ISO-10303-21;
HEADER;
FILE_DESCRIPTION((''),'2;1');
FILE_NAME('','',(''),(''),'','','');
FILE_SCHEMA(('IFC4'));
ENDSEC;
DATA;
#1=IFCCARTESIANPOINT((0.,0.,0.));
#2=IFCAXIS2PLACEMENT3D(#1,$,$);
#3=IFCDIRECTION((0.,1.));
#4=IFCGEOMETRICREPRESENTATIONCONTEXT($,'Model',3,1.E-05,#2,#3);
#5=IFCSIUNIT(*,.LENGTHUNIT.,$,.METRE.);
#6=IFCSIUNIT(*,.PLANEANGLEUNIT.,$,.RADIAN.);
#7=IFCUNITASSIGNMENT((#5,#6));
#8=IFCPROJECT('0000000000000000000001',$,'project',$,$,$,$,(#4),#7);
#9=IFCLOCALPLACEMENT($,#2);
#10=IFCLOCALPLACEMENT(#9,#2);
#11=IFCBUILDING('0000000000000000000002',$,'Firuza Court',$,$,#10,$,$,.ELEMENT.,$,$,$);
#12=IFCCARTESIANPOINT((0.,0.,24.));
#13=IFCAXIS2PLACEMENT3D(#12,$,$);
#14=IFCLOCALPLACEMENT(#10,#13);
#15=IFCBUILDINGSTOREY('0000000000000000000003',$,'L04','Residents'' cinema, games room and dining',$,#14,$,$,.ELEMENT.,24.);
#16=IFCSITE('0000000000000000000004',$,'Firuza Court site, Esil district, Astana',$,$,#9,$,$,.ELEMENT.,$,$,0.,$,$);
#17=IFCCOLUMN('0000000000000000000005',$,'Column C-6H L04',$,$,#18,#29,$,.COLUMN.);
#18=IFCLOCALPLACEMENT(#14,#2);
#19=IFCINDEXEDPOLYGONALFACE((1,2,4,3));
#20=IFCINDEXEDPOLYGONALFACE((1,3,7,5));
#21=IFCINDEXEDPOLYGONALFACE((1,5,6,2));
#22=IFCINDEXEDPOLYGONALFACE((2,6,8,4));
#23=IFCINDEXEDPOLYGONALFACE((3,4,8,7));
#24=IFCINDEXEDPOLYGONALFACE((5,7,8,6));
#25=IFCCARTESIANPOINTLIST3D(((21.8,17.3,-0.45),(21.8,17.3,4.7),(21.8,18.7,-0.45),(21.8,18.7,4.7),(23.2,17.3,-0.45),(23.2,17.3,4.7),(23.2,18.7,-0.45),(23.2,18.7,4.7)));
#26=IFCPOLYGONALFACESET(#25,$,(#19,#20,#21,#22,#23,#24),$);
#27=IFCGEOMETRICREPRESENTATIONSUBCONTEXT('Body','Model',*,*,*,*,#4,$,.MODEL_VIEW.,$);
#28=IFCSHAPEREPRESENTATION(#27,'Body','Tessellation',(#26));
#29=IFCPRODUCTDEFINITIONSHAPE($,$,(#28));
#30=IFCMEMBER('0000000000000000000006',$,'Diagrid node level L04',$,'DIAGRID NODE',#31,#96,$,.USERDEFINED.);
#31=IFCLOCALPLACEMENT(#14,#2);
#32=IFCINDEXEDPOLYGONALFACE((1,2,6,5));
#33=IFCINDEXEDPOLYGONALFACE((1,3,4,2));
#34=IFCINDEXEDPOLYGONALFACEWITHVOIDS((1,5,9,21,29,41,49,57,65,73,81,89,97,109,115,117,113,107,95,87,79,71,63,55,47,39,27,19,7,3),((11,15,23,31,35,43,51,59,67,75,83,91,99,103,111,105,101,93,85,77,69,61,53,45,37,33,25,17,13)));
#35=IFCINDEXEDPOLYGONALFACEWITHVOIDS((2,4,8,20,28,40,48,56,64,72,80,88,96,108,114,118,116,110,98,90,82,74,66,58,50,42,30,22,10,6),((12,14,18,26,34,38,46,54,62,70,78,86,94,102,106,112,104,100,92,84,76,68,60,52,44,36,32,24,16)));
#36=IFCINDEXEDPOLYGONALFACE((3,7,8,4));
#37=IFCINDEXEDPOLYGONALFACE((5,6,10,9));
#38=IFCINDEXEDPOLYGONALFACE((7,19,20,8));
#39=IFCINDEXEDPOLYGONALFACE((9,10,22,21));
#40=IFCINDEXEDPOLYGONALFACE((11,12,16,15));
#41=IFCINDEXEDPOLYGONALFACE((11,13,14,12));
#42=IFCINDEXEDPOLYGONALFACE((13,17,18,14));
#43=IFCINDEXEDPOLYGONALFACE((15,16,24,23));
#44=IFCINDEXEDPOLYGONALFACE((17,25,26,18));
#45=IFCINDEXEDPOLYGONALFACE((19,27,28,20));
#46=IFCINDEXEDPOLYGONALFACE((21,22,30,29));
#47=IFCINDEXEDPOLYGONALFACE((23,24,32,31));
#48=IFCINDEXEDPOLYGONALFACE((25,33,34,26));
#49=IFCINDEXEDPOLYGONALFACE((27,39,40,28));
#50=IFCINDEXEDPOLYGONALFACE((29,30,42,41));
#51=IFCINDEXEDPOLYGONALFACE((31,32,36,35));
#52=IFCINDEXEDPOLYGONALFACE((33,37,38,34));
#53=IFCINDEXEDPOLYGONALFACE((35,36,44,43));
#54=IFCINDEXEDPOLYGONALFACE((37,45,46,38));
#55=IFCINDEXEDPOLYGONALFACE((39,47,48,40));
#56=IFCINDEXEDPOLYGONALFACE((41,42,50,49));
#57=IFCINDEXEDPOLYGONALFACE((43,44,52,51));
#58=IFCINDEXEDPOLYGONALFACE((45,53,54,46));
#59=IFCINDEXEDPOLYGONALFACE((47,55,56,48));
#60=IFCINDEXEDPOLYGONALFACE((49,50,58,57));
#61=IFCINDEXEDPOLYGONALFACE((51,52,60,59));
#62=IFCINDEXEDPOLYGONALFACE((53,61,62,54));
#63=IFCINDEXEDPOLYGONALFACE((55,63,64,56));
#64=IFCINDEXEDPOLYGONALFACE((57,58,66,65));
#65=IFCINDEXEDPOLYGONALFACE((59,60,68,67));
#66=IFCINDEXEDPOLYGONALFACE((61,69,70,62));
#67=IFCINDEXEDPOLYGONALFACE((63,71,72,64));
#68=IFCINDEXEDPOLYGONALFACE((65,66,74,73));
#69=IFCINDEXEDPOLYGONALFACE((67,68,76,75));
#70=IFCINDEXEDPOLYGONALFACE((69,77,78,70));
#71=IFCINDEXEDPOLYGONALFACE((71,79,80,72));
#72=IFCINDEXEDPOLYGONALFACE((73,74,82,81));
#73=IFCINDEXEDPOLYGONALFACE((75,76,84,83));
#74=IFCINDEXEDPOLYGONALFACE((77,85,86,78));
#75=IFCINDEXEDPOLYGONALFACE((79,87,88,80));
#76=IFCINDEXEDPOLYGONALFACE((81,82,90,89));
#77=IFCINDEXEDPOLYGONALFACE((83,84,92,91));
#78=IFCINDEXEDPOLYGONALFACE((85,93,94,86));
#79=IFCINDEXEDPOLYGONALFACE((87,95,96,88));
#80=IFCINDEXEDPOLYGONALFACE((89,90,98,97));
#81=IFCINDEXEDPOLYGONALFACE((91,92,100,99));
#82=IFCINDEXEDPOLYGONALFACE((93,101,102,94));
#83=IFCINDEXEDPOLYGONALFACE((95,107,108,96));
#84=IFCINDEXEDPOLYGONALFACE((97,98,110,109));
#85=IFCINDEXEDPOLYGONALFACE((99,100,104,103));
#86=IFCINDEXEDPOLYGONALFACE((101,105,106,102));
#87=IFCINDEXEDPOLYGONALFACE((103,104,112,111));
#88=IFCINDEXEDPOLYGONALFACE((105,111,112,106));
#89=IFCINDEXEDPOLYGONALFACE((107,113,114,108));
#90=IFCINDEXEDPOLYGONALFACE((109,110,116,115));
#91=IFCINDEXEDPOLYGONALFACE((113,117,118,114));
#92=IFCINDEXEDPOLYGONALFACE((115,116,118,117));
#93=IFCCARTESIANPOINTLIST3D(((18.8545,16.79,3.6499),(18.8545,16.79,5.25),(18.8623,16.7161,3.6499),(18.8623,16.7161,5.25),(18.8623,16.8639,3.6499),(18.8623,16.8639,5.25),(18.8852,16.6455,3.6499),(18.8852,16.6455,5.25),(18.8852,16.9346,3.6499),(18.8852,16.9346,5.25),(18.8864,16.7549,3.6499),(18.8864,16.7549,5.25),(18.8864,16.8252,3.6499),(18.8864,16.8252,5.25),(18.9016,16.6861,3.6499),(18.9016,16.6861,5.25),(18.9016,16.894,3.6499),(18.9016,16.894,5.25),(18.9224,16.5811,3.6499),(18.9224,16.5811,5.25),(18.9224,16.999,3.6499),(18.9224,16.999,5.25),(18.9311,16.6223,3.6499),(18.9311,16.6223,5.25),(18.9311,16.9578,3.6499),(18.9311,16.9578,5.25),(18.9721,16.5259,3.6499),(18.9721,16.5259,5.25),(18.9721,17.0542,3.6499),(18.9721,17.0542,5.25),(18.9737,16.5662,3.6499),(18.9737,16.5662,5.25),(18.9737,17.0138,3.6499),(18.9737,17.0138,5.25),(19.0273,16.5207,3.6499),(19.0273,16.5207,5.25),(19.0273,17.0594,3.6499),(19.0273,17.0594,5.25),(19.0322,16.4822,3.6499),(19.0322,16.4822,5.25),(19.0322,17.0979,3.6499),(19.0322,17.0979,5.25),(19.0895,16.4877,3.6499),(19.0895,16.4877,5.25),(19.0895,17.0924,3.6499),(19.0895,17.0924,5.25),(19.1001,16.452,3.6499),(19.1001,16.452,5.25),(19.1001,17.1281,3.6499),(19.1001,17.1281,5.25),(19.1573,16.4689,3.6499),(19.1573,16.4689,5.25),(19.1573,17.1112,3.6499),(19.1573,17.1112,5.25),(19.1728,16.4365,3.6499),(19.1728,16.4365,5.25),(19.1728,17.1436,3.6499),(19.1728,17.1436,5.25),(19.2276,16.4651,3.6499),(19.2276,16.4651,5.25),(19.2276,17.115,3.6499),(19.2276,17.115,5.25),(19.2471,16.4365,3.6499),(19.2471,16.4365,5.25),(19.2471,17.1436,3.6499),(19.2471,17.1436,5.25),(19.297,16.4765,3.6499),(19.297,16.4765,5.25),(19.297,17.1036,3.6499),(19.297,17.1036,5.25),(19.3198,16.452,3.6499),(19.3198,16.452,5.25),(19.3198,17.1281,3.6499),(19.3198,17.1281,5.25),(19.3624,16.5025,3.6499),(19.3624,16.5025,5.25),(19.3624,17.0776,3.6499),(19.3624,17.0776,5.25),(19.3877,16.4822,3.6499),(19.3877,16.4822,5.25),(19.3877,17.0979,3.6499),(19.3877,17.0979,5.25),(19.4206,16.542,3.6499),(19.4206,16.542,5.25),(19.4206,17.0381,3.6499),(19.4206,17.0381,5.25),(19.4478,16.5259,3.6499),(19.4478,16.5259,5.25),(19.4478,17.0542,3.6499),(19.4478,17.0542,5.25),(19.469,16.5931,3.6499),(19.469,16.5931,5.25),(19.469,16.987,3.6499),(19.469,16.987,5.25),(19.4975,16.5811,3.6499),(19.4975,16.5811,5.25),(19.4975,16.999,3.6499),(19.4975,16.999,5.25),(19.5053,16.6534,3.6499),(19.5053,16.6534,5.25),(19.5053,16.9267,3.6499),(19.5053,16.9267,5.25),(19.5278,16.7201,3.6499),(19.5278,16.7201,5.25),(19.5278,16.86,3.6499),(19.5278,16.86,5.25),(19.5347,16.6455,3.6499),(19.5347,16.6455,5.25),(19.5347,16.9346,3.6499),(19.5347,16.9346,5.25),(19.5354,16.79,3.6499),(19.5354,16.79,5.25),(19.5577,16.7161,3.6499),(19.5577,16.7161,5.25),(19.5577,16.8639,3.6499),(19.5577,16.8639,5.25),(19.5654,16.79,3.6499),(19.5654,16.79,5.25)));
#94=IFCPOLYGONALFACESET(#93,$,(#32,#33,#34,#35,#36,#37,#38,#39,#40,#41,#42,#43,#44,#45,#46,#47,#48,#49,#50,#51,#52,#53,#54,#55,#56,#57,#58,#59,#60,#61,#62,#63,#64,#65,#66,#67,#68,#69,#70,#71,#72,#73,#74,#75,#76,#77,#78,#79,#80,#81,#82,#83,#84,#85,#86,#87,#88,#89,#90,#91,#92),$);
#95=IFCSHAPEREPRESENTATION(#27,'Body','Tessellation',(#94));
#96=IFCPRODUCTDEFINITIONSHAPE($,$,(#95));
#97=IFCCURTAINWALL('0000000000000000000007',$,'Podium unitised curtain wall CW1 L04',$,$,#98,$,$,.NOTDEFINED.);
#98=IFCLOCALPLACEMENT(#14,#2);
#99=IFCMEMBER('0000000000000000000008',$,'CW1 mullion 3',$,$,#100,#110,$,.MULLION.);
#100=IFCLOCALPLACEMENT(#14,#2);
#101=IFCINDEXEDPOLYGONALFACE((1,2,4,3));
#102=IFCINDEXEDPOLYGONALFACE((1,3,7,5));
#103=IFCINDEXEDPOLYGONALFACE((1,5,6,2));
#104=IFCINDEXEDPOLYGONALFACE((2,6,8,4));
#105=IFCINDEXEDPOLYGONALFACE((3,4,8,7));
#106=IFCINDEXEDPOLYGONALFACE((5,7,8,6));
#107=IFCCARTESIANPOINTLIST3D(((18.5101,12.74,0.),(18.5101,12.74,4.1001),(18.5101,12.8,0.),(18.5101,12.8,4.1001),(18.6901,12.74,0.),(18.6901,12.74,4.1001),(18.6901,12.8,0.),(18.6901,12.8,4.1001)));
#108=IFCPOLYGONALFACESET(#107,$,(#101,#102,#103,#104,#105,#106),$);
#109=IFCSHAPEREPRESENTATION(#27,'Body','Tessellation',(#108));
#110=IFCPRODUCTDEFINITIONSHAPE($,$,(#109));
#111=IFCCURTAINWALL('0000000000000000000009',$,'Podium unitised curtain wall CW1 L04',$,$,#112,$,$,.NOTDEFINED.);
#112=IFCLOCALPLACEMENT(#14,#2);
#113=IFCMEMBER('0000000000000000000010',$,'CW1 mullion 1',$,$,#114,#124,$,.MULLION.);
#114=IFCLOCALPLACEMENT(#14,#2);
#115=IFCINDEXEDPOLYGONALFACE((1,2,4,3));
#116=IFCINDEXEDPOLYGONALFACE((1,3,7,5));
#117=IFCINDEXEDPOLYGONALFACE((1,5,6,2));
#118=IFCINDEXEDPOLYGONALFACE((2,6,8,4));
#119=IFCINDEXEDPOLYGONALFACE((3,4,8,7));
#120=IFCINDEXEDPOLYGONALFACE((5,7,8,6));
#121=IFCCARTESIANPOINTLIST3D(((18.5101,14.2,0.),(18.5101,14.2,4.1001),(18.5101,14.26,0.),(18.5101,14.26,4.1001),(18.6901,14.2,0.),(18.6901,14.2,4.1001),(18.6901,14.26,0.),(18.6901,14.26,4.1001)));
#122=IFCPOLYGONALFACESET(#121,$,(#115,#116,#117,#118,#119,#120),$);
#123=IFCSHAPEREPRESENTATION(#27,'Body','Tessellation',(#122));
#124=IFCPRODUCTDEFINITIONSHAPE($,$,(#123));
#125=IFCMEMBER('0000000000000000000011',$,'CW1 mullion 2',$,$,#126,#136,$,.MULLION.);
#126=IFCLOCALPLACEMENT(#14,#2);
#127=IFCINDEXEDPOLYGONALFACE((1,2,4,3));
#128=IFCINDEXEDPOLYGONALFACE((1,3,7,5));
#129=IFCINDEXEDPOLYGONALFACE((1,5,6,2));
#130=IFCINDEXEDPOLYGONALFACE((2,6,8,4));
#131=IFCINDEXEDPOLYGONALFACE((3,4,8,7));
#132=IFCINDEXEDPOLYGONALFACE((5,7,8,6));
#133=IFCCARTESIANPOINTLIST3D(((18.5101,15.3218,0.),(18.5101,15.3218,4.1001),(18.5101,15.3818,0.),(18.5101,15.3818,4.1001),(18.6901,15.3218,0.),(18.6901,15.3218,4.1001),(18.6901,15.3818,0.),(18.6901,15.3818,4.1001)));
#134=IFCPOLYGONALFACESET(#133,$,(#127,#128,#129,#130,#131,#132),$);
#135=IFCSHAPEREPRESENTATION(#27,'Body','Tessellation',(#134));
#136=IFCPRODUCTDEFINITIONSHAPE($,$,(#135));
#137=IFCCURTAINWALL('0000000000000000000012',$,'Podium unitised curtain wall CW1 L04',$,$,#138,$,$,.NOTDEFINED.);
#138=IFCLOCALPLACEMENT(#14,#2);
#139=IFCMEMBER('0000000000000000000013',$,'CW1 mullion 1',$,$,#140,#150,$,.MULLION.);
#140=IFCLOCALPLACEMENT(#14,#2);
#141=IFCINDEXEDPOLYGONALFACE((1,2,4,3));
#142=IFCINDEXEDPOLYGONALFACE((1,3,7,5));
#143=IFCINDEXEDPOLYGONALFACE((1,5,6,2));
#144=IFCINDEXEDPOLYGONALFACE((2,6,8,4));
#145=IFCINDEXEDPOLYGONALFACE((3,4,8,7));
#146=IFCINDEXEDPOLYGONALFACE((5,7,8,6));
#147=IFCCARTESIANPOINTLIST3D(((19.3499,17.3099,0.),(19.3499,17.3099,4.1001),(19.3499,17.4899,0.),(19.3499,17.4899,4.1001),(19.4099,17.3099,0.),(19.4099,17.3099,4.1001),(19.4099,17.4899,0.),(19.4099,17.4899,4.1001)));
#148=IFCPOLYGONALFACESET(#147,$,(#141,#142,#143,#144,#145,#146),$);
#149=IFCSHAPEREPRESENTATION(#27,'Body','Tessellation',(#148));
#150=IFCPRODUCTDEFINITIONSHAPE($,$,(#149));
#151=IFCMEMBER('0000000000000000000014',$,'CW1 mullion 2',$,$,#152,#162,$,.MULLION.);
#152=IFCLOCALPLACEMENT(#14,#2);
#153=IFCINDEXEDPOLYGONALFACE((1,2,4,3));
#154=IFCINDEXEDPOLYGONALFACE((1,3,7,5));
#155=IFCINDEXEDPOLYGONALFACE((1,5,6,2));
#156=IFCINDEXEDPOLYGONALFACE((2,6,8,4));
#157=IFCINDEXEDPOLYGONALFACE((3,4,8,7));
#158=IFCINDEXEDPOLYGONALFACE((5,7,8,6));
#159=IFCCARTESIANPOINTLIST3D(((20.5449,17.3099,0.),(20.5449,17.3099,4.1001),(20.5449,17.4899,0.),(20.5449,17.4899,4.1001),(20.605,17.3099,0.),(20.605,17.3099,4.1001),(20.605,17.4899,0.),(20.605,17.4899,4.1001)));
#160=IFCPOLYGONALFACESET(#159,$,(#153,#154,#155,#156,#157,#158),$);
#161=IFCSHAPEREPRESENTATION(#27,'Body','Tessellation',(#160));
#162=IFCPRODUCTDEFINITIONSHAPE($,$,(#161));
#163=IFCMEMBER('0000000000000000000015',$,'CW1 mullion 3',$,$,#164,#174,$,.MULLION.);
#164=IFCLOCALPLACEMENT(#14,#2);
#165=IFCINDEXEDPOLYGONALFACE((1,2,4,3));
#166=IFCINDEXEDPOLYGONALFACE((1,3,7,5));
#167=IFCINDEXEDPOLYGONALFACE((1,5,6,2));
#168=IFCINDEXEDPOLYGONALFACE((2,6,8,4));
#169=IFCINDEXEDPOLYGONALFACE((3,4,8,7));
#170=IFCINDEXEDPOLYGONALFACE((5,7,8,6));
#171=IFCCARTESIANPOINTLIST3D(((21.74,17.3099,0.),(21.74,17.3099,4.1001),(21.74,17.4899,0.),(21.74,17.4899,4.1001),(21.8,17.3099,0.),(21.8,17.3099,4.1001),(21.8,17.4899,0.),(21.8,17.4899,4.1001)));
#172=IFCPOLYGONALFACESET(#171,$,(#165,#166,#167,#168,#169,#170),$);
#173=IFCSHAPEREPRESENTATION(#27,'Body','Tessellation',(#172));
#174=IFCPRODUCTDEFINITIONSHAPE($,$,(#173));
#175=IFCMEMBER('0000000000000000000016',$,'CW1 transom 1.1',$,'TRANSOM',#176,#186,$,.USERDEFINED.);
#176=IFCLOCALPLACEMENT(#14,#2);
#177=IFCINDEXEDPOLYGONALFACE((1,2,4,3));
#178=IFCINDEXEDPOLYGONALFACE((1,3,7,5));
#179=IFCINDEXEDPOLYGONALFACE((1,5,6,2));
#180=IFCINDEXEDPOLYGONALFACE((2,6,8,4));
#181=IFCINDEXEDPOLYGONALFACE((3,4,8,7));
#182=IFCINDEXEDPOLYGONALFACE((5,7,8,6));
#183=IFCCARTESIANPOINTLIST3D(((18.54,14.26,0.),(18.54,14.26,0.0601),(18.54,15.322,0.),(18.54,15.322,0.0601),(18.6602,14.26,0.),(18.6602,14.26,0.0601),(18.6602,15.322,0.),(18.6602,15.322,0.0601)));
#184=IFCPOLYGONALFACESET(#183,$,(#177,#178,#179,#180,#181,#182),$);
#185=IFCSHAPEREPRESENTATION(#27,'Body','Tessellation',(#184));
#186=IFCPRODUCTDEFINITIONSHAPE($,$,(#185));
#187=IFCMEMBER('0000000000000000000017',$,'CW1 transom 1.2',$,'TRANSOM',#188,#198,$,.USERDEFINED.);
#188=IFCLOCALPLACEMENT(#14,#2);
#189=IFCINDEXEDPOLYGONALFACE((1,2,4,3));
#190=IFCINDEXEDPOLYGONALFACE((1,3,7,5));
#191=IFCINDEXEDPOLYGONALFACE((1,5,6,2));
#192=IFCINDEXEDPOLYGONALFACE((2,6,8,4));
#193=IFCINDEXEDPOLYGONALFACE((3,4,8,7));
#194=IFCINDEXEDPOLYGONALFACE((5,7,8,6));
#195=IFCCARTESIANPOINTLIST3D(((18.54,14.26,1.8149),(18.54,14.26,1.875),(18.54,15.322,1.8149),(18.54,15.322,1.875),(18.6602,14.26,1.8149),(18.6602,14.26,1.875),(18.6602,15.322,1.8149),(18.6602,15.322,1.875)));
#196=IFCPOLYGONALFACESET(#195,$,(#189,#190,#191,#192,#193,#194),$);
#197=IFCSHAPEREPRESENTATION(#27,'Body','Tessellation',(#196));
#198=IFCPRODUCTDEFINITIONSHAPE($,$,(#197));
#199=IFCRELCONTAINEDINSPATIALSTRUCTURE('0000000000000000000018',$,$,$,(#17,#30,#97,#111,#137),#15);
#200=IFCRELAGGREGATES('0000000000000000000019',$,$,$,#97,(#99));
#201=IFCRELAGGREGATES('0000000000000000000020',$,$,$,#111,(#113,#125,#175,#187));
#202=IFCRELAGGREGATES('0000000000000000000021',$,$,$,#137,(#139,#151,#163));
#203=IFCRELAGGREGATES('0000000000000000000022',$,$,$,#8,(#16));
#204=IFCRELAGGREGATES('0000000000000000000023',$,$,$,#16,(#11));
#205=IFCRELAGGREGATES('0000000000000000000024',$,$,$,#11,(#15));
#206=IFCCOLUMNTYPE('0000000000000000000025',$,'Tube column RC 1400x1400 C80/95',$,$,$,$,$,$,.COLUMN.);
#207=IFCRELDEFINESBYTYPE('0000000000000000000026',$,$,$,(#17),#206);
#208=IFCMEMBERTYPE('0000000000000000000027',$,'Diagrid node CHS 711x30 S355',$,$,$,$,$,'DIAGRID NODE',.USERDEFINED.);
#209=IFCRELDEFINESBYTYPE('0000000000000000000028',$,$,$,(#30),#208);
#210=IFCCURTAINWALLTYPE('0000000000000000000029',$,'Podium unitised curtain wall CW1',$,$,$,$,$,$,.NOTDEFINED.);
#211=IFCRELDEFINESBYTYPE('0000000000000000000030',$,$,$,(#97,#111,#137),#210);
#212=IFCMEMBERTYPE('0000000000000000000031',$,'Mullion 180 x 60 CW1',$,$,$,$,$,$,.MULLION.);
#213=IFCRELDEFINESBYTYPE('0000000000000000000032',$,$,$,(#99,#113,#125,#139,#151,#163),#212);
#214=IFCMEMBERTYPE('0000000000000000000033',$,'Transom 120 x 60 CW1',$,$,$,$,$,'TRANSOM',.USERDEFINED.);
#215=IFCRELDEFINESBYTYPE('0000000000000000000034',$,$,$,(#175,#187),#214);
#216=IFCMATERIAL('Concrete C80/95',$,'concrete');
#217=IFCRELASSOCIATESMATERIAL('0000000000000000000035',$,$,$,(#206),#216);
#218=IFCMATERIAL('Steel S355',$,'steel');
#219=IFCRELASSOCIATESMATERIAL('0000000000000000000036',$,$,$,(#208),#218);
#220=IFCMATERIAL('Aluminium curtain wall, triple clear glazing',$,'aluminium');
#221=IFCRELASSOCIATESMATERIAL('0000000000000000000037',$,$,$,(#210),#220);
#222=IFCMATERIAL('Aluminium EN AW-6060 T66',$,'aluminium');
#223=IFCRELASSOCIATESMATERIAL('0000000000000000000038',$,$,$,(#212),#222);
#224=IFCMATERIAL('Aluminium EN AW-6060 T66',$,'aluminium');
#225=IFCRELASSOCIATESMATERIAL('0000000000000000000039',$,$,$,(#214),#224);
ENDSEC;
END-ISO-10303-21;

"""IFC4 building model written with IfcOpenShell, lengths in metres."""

from ifc_helpers import new_model, si_unit, direction, frame, origin, origin_2d, place, context, subcontext, project, spatial, rectangle, hollow_circle, extrude, material, material_profile, profile_set, type_object, element, aggregate, save


model = new_model("IFC4")

# Units and contexts
model_context = context("Model", 3, precision=1e-05, world=origin(), true_north=direction((0.0, 1.0)))
body_context = subcontext(model_context, "Body", "Model", "MODEL_VIEW")
ifc_project = project(units=[si_unit("LENGTHUNIT", "METRE"), si_unit("PLANEANGLEUNIT", "RADIAN")], contexts=[model_context])

# Site, building, storey
site_placement = place(None, origin())
site = spatial("IfcSite", under=ifc_project, at=site_placement, Name="Firuza Court site, Esil district, Astana", CompositionType="ELEMENT", RefElevation=0.0)
building_placement = place(site_placement, origin())
building = spatial("IfcBuilding", under=site, at=building_placement, Name="Firuza Court", CompositionType="ELEMENT")
storey_placement = place(building_placement, frame((0.0, 0.0, 24.0)))
storey = spatial("IfcBuildingStorey", under=building, at=storey_placement, Name="L04", Description="Residents' cinema, games room and dining", CompositionType="ELEMENT", Elevation=24.0)

# Column
ifc_material_1 = material(Name="Concrete C80/95", Category="concrete")
ifc_material_profile_1 = material_profile(ifc_material_1, rectangle(XDim=1.3999, YDim=1.3999, at=origin_2d()), Name="RC 1400x1400")
ifc_profile_set_1 = profile_set([ifc_material_profile_1], Name="Concrete C80/95")
column_type = type_object("IfcColumnType", Name="Tube column RC 1400x1400 C80/95", PredefinedType="COLUMN", material=ifc_profile_set_1)
column_placement = place(storey_placement, frame((22.5, 18.0, -0.45), z_axis=(0.0, 0.0, 1.0), x_axis=(1.0, 0.0, 0.0)))
element("IfcColumn", 1, at=column_placement, inside=storey, type_object=column_type, Name="Column C-6H L04", PredefinedType="COLUMN", context=body_context, shape_type="SweptSolid", body=[
    extrude(rectangle(XDim=1.3999, YDim=1.3999, at=origin_2d()), origin(), (0.0, 0.0, 1.0), 5.1499),
])

# Member
ifc_material_2 = material(Name="Steel S355", Category="steel")
ifc_material_profile_2 = material_profile(ifc_material_2, hollow_circle(Radius=0.3555, WallThickness=0.03, at=origin_2d()), Name="CHS 711x30")
ifc_profile_set_2 = profile_set([ifc_material_profile_2], Name="Steel S355")
member_type_1 = type_object("IfcMemberType", Name="Diagrid node CHS 711x30 S355", ElementType="DIAGRID NODE", PredefinedType="USERDEFINED", material=ifc_profile_set_2)
member_1_placement = place(storey_placement, frame((19.21, 16.79, 3.6499), z_axis=(0.0, 0.0, 1.0), x_axis=(1.0, 0.0, 0.0)))
element("IfcMember", 2, at=member_1_placement, inside=storey, type_object=member_type_1, Name="Diagrid node level L04", ObjectType="DIAGRID NODE", PredefinedType="USERDEFINED", context=body_context, shape_type="SweptSolid", body=[
    extrude(hollow_circle(Radius=0.3555, WallThickness=0.03, at=origin_2d()), origin(), (0.0, 0.0, 1.0), 1.6001),
])

# Curtain wall, member
ifc_material_3 = material(Name="Aluminium curtain wall, triple clear glazing", Category="aluminium")
curtain_wall_type = type_object("IfcCurtainWallType", Name="Podium unitised curtain wall CW1", PredefinedType="NOTDEFINED", material=ifc_material_3)
curtain_wall_1_placement = place(storey_placement, origin())
curtain_wall_1 = element("IfcCurtainWall", 3, at=curtain_wall_1_placement, inside=storey, type_object=curtain_wall_type, Name="Podium unitised curtain wall CW1 L04", PredefinedType="NOTDEFINED")
ifc_material_4 = material(Name="Aluminium EN AW-6060 T66", Category="aluminium")
ifc_material_profile_3 = material_profile(ifc_material_4, rectangle(XDim=0.1799, YDim=0.0601, at=origin_2d()), Name="Mullion 180 x 60 CW1")
ifc_profile_set_3 = profile_set([ifc_material_profile_3], Name="Aluminium EN AW-6060 T66")
member_type_2 = type_object("IfcMemberType", Name="Mullion 180 x 60 CW1", PredefinedType="MULLION", material=ifc_profile_set_3)
member_2_placement = place(storey_placement, frame((18.6001, 12.77, 0.0), z_axis=(0.0, 0.0, 1.0), x_axis=(-1.0, 0.0, 0.0)))
member_2 = element("IfcMember", 4, at=member_2_placement, type_object=member_type_2, Name="CW1 mullion 3", PredefinedType="MULLION", context=body_context, shape_type="SweptSolid", body=[
    extrude(rectangle(XDim=0.1799, YDim=0.0601, at=origin_2d()), origin(), (0.0, 0.0, 1.0), 4.1001),
])

# Curtain walls, members
curtain_wall_2_placement = place(storey_placement, origin())
curtain_wall_2 = element("IfcCurtainWall", 5, at=curtain_wall_2_placement, inside=storey, type_object=curtain_wall_type, Name="Podium unitised curtain wall CW1 L04", PredefinedType="NOTDEFINED")
member_3_placement = place(storey_placement, frame((18.6001, 14.23, 0.0), z_axis=(0.0, 0.0, 1.0), x_axis=(-1.0, 0.0, 0.0)))
member_3 = element("IfcMember", 6, at=member_3_placement, type_object=member_type_2, Name="CW1 mullion 1", PredefinedType="MULLION", context=body_context, shape_type="SweptSolid", body=[
    extrude(rectangle(XDim=0.1799, YDim=0.0601, at=origin_2d()), origin(), (0.0, 0.0, 1.0), 4.1001),
])
member_4_placement = place(storey_placement, frame((18.6001, 15.3518, 0.0), z_axis=(0.0, 0.0, 1.0), x_axis=(-1.0, 0.0, 0.0)))
member_4 = element("IfcMember", 7, at=member_4_placement, type_object=member_type_2, Name="CW1 mullion 2", PredefinedType="MULLION", context=body_context, shape_type="SweptSolid", body=[
    extrude(rectangle(XDim=0.1799, YDim=0.0601, at=origin_2d()), origin(), (0.0, 0.0, 1.0), 4.1001),
])
curtain_wall_3_placement = place(storey_placement, origin())
curtain_wall_3 = element("IfcCurtainWall", 8, at=curtain_wall_3_placement, inside=storey, type_object=curtain_wall_type, Name="Podium unitised curtain wall CW1 L04", PredefinedType="NOTDEFINED")
member_5_placement = place(storey_placement, frame((19.3799, 17.3999, 0.0), z_axis=(0.0, 0.0, 1.0), x_axis=(0.0, 1.0, 0.0)))
member_5 = element("IfcMember", 9, at=member_5_placement, type_object=member_type_2, Name="CW1 mullion 1", PredefinedType="MULLION", context=body_context, shape_type="SweptSolid", body=[
    extrude(rectangle(XDim=0.1799, YDim=0.0601, at=origin_2d()), origin(), (0.0, 0.0, 1.0), 4.1001),
])
member_6_placement = place(storey_placement, frame((20.575, 17.3999, 0.0), z_axis=(0.0, 0.0, 1.0), x_axis=(0.0, 1.0, 0.0)))
member_6 = element("IfcMember", 10, at=member_6_placement, type_object=member_type_2, Name="CW1 mullion 2", PredefinedType="MULLION", context=body_context, shape_type="SweptSolid", body=[
    extrude(rectangle(XDim=0.1799, YDim=0.0601, at=origin_2d()), origin(), (0.0, 0.0, 1.0), 4.1001),
])
member_7_placement = place(storey_placement, frame((21.77, 17.3999, 0.0), z_axis=(0.0, 0.0, 1.0), x_axis=(0.0, 1.0, 0.0)))
member_7 = element("IfcMember", 11, at=member_7_placement, type_object=member_type_2, Name="CW1 mullion 3", PredefinedType="MULLION", context=body_context, shape_type="SweptSolid", body=[
    extrude(rectangle(XDim=0.1799, YDim=0.0601, at=origin_2d()), origin(), (0.0, 0.0, 1.0), 4.1001),
])

# Members
ifc_material_5 = material(Name="Aluminium EN AW-6060 T66", Category="aluminium")
ifc_material_profile_4 = material_profile(ifc_material_5, rectangle(XDim=0.1201, YDim=0.0601, at=origin_2d()), Name="Transom 120 x 60 CW1")
ifc_profile_set_4 = profile_set([ifc_material_profile_4], Name="Aluminium EN AW-6060 T66")
member_type_3 = type_object("IfcMemberType", Name="Transom 120 x 60 CW1", ElementType="TRANSOM", PredefinedType="USERDEFINED", material=ifc_profile_set_4)
member_8_placement = place(storey_placement, frame((18.6001, 14.26, 0.03), z_axis=(0.0, 1.0, 0.0), x_axis=(-1.0, 0.0, 0.0)))
member_8 = element("IfcMember", 12, at=member_8_placement, type_object=member_type_3, Name="CW1 transom 1.1", ObjectType="TRANSOM", PredefinedType="USERDEFINED", context=body_context, shape_type="SweptSolid", body=[
    extrude(rectangle(XDim=0.1201, YDim=0.0601, at=origin_2d()), origin(), (0.0, 0.0, 1.0), 1.062),
])
member_9_placement = place(storey_placement, frame((18.6001, 14.26, 1.845), z_axis=(0.0, 1.0, 0.0), x_axis=(-1.0, 0.0, 0.0)))
member_9 = element("IfcMember", 13, at=member_9_placement, type_object=member_type_3, Name="CW1 transom 1.2", ObjectType="TRANSOM", PredefinedType="USERDEFINED", context=body_context, shape_type="SweptSolid", body=[
    extrude(rectangle(XDim=0.1201, YDim=0.0601, at=origin_2d()), origin(), (0.0, 0.0, 1.0), 1.062),
])

aggregate(curtain_wall_1, [member_2])
aggregate(curtain_wall_2, [member_3, member_4, member_8, member_9])
aggregate(curtain_wall_3, [member_5, member_6, member_7])

save(model, "model.ifc")
